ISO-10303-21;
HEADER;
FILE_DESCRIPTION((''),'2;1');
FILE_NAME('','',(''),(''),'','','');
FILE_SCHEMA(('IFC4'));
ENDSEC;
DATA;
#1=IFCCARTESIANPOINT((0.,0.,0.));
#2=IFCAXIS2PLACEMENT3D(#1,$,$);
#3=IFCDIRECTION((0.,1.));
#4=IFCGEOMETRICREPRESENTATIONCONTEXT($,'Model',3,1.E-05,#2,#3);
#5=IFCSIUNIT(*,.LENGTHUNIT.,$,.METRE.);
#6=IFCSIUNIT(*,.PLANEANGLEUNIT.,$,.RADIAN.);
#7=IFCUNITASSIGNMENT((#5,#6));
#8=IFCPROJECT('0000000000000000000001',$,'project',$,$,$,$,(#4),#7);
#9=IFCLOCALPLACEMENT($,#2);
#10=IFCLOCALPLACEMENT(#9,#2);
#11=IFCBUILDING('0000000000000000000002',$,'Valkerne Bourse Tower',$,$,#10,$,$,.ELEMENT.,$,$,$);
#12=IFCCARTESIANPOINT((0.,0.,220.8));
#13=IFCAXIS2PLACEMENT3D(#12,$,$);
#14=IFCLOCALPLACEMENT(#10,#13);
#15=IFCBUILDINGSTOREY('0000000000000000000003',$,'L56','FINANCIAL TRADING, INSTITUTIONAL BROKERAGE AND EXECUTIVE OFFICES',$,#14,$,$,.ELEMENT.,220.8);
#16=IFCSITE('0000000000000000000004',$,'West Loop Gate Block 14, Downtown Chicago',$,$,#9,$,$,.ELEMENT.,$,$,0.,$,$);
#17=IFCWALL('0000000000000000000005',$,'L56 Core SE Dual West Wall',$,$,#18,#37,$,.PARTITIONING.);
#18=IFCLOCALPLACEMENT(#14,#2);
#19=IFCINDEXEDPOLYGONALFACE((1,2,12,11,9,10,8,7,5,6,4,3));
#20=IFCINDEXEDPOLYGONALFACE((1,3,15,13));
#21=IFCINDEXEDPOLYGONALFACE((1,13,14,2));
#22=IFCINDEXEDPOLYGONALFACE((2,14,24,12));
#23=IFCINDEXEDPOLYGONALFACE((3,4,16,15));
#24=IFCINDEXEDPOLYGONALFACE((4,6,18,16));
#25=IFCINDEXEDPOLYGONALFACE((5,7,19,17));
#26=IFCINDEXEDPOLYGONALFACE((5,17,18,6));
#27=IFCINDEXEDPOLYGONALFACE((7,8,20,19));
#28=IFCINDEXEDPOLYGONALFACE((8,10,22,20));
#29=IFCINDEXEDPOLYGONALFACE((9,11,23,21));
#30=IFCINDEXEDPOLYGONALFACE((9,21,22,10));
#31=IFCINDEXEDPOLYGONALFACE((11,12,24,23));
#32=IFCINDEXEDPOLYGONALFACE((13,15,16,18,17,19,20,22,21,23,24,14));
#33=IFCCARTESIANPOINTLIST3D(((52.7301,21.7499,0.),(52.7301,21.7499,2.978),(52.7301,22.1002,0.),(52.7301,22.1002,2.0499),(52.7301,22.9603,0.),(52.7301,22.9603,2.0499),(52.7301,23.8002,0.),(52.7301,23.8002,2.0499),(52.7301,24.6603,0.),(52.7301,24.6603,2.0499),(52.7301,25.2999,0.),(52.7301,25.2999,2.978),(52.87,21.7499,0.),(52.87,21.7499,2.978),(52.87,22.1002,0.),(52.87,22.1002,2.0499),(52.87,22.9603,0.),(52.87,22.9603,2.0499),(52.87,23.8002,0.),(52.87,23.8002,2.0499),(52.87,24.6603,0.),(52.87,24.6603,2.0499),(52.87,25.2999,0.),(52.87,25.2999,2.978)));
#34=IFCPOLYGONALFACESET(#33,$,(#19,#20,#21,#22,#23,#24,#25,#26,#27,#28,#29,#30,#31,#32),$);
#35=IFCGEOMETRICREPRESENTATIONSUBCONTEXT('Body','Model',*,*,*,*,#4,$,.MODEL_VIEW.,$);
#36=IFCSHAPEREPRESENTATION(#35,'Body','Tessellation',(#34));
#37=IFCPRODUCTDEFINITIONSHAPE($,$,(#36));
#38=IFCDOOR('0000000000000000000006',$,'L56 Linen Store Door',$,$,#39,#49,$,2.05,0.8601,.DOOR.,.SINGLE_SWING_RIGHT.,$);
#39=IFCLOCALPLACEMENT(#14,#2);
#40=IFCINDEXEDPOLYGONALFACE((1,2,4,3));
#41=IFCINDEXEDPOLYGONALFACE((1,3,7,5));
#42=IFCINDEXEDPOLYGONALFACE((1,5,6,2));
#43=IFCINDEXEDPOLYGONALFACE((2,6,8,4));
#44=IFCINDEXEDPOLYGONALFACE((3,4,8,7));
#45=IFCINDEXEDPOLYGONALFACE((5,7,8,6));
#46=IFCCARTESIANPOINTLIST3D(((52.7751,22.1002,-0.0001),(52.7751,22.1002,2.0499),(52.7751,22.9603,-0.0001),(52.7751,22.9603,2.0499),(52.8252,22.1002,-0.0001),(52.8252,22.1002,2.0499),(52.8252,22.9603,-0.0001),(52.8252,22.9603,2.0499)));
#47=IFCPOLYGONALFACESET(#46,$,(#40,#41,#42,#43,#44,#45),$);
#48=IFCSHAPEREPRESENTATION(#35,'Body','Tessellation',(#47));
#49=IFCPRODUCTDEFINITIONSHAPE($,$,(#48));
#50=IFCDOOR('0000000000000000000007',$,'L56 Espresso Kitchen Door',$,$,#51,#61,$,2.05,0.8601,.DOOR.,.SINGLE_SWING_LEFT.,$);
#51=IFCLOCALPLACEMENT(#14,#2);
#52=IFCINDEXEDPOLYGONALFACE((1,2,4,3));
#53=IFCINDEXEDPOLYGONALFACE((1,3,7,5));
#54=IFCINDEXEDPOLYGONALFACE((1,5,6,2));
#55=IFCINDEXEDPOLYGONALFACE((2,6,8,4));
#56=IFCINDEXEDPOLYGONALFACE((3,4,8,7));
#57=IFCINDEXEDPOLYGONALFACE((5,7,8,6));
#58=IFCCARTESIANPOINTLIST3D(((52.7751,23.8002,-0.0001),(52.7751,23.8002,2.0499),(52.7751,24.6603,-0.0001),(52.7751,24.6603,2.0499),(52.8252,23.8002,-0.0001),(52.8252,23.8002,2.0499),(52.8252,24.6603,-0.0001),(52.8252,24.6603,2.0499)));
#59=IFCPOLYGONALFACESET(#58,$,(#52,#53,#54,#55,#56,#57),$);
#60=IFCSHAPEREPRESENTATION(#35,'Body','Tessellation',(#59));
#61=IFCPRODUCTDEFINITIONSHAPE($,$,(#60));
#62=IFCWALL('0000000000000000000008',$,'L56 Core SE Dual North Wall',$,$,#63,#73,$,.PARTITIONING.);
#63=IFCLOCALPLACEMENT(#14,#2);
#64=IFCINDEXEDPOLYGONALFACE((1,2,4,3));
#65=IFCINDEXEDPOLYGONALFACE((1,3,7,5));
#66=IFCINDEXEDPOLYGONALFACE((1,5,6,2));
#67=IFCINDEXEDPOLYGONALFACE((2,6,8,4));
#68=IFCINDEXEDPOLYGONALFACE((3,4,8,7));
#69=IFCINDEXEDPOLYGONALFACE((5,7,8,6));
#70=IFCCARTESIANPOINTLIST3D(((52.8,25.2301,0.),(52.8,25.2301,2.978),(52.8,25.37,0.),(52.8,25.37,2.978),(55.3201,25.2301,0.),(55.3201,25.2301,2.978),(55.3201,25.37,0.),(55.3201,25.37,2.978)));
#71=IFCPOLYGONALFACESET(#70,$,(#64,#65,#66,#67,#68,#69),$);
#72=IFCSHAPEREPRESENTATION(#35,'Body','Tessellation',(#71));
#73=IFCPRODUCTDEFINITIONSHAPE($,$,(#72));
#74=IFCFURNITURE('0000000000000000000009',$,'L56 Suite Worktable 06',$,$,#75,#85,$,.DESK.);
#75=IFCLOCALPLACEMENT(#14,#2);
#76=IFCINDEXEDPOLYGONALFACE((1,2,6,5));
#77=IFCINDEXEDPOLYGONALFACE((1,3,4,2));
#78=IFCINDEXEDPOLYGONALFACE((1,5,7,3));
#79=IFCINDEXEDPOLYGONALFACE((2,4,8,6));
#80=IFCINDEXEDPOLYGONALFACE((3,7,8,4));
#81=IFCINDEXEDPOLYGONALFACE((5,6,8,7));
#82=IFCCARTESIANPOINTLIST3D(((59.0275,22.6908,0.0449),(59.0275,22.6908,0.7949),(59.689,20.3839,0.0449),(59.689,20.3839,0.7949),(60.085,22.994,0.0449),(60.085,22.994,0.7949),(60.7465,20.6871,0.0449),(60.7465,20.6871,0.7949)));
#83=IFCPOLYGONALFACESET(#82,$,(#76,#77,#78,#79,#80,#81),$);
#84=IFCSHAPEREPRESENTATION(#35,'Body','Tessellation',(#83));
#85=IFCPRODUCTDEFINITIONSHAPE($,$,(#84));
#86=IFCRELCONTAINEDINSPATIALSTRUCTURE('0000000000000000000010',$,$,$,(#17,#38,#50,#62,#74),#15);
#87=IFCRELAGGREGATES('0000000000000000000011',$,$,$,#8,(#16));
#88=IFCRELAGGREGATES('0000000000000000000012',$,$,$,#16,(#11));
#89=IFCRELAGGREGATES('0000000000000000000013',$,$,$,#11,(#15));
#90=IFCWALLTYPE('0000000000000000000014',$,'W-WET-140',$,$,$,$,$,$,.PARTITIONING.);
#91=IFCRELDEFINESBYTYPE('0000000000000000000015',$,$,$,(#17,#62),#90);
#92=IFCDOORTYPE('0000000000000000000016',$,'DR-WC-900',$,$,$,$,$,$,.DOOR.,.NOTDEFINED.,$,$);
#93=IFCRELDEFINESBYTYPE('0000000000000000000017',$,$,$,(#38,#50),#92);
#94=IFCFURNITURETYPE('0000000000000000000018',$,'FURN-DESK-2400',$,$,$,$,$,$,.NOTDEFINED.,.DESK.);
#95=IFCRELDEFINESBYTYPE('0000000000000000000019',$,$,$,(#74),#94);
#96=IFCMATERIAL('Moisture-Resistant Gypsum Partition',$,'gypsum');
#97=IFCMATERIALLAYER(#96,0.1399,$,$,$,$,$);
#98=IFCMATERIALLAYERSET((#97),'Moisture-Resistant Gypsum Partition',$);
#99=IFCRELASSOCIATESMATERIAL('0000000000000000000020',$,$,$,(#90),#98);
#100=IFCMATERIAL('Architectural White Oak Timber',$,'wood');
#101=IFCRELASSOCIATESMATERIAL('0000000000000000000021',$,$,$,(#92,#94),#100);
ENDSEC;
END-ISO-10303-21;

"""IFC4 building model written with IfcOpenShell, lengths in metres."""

from ifc_helpers import new_model, si_unit, direction, frame, frame_2d, origin, origin_2d, place, context, subcontext, project, spatial, rectangle, extrude, material, layer, layer_set, type_object, element, fill, save


model = new_model("IFC4")

# Units and contexts
model_context = context("Model", 3, precision=1e-05, world=origin(), true_north=direction((0.0, 1.0)))
body_context = subcontext(model_context, "Body", "Model", "MODEL_VIEW")
ifc_project = project(units=[si_unit("LENGTHUNIT", "METRE"), si_unit("PLANEANGLEUNIT", "RADIAN")], contexts=[model_context])

# Site, building, storey
site_placement = place(None, origin())
site = spatial("IfcSite", under=ifc_project, at=site_placement, Name="West Loop Gate Block 14, Downtown Chicago", CompositionType="ELEMENT", RefElevation=0.0)
building_placement = place(site_placement, origin())
building = spatial("IfcBuilding", under=site, at=building_placement, Name="Valkerne Bourse Tower", CompositionType="ELEMENT")
storey_placement = place(building_placement, frame((0.0, 0.0, 220.8)))
storey = spatial("IfcBuildingStorey", under=building, at=storey_placement, Name="L56", Description="FINANCIAL TRADING, INSTITUTIONAL BROKERAGE AND EXECUTIVE OFFICES", CompositionType="ELEMENT", Elevation=220.8)

# Shared definitions
ifc_material_1 = material(Name="Architectural White Oak Timber", Category="wood")

# Wall, openings, doors
ifc_material_2 = material(Name="Moisture-Resistant Gypsum Partition", Category="gypsum")
ifc_layer_1 = layer(ifc_material_2, 0.1399)
ifc_layer_set_1 = layer_set([ifc_layer_1], Name="Moisture-Resistant Gypsum Partition")
wall_type_1 = type_object("IfcWallType", Name="W-WET-140", PredefinedType="PARTITIONING", material=ifc_layer_set_1)
wall_1_placement = place(storey_placement, frame((52.8, 21.75, 0.0), z_axis=(0.0, 0.0, 1.0), x_axis=(0.0, 1.0, 0.0)))
wall_1 = element("IfcWall", 1, at=wall_1_placement, inside=storey, type_object=wall_type_1, Name="L56 Core SE Dual West Wall", PredefinedType="PARTITIONING", context=body_context, shape_type="SweptSolid", body=[
    extrude(rectangle(XDim=3.55, YDim=0.1399, at=frame_2d((1.7749, 0.0))), origin(), (0.0, 0.0, 1.0), 2.978),
])
opening_1_placement = place(wall_1_placement, frame((0.3501, 0.0, 0.0)))
opening_1 = element("IfcOpeningElement", 2, at=opening_1_placement, cuts=wall_1, PredefinedType="OPENING", context=body_context, shape_type="SweptSolid", body=[
    extrude(rectangle(XDim=0.8601, YDim=2.05, at=frame_2d((0.4302, 1.0249))), frame((0.0, 0.0798, 0.0), z_axis=(0.0, -1.0, 0.0), x_axis=(1.0, 0.0, 0.0)), (0.0, 0.0, 1.0), 0.1599),
])
opening_2_placement = place(wall_1_placement, frame((2.05, 0.0, 0.0)))
opening_2 = element("IfcOpeningElement", 3, at=opening_2_placement, cuts=wall_1, PredefinedType="OPENING", context=body_context, shape_type="SweptSolid", body=[
    extrude(rectangle(XDim=0.8601, YDim=2.05, at=frame_2d((0.4302, 1.0249))), frame((0.0, 0.0798, 0.0), z_axis=(0.0, -1.0, 0.0), x_axis=(1.0, 0.0, 0.0)), (0.0, 0.0, 1.0), 0.1599),
])
door_type_1 = type_object("IfcDoorType", Name="DR-WC-900", OperationType="NOTDEFINED", PredefinedType="DOOR", material=ifc_material_1)
door_1_placement = place(opening_1_placement, origin())
door_1 = element("IfcDoor", 4, at=door_1_placement, inside=storey, type_object=door_type_1, Name="L56 Linen Store Door", OperationType="SINGLE_SWING_RIGHT", OverallHeight=2.05, OverallWidth=0.8601, PredefinedType="DOOR", context=body_context, shape_type="SweptSolid", body=[
    extrude(rectangle(XDim=0.8601, YDim=2.05, at=frame_2d((0.4302, 1.0249))), frame((0.0, 0.0249, 0.0), z_axis=(0.0, -1.0, 0.0), x_axis=(1.0, 0.0, 0.0)), (0.0, 0.0, 1.0), 0.05),
])
fill(opening_1, door_1)
door_2_placement = place(opening_2_placement, origin())
door_2 = element("IfcDoor", 5, at=door_2_placement, inside=storey, type_object=door_type_1, Name="L56 Espresso Kitchen Door", OperationType="SINGLE_SWING_LEFT", OverallHeight=2.05, OverallWidth=0.8601, PredefinedType="DOOR", context=body_context, shape_type="SweptSolid", body=[
    extrude(rectangle(XDim=0.8601, YDim=2.05, at=frame_2d((0.4302, 1.0249))), frame((0.0, 0.0249, 0.0), z_axis=(0.0, -1.0, 0.0), x_axis=(1.0, 0.0, 0.0)), (0.0, 0.0, 1.0), 0.05),
])
fill(opening_2, door_2)

# Wall
wall_2_placement = place(storey_placement, frame((52.8, 25.3, 0.0), z_axis=(0.0, 0.0, 1.0), x_axis=(1.0, 0.0, 0.0)))
element("IfcWall", 6, at=wall_2_placement, inside=storey, type_object=wall_type_1, Name="L56 Core SE Dual North Wall", PredefinedType="PARTITIONING", context=body_context, shape_type="SweptSolid", body=[
    extrude(rectangle(XDim=2.52, YDim=0.1399, at=frame_2d((1.26, 0.0))), origin(), (0.0, 0.0, 1.0), 2.978),
])

# Furniture
furniture_type = type_object("IfcFurnitureType", Name="FURN-DESK-2400", AssemblyPlace="NOTDEFINED", PredefinedType="DESK", material=ifc_material_1)
furniture_placement = place(storey_placement, frame((59.887, 21.689, 0.0449), z_axis=(0.0, 0.0, 1.0), x_axis=(-0.275637, 0.961262, 0.0)))
element("IfcFurniture", 7, at=furniture_placement, inside=storey, type_object=furniture_type, Name="L56 Suite Worktable 06", PredefinedType="DESK", context=body_context, shape_type="SweptSolid", body=[
    extrude(rectangle(XDim=2.3999, YDim=1.1001, at=origin_2d()), origin(), (0.0, 0.0, 1.0), 0.75),
])

save(model, "model.ifc")
